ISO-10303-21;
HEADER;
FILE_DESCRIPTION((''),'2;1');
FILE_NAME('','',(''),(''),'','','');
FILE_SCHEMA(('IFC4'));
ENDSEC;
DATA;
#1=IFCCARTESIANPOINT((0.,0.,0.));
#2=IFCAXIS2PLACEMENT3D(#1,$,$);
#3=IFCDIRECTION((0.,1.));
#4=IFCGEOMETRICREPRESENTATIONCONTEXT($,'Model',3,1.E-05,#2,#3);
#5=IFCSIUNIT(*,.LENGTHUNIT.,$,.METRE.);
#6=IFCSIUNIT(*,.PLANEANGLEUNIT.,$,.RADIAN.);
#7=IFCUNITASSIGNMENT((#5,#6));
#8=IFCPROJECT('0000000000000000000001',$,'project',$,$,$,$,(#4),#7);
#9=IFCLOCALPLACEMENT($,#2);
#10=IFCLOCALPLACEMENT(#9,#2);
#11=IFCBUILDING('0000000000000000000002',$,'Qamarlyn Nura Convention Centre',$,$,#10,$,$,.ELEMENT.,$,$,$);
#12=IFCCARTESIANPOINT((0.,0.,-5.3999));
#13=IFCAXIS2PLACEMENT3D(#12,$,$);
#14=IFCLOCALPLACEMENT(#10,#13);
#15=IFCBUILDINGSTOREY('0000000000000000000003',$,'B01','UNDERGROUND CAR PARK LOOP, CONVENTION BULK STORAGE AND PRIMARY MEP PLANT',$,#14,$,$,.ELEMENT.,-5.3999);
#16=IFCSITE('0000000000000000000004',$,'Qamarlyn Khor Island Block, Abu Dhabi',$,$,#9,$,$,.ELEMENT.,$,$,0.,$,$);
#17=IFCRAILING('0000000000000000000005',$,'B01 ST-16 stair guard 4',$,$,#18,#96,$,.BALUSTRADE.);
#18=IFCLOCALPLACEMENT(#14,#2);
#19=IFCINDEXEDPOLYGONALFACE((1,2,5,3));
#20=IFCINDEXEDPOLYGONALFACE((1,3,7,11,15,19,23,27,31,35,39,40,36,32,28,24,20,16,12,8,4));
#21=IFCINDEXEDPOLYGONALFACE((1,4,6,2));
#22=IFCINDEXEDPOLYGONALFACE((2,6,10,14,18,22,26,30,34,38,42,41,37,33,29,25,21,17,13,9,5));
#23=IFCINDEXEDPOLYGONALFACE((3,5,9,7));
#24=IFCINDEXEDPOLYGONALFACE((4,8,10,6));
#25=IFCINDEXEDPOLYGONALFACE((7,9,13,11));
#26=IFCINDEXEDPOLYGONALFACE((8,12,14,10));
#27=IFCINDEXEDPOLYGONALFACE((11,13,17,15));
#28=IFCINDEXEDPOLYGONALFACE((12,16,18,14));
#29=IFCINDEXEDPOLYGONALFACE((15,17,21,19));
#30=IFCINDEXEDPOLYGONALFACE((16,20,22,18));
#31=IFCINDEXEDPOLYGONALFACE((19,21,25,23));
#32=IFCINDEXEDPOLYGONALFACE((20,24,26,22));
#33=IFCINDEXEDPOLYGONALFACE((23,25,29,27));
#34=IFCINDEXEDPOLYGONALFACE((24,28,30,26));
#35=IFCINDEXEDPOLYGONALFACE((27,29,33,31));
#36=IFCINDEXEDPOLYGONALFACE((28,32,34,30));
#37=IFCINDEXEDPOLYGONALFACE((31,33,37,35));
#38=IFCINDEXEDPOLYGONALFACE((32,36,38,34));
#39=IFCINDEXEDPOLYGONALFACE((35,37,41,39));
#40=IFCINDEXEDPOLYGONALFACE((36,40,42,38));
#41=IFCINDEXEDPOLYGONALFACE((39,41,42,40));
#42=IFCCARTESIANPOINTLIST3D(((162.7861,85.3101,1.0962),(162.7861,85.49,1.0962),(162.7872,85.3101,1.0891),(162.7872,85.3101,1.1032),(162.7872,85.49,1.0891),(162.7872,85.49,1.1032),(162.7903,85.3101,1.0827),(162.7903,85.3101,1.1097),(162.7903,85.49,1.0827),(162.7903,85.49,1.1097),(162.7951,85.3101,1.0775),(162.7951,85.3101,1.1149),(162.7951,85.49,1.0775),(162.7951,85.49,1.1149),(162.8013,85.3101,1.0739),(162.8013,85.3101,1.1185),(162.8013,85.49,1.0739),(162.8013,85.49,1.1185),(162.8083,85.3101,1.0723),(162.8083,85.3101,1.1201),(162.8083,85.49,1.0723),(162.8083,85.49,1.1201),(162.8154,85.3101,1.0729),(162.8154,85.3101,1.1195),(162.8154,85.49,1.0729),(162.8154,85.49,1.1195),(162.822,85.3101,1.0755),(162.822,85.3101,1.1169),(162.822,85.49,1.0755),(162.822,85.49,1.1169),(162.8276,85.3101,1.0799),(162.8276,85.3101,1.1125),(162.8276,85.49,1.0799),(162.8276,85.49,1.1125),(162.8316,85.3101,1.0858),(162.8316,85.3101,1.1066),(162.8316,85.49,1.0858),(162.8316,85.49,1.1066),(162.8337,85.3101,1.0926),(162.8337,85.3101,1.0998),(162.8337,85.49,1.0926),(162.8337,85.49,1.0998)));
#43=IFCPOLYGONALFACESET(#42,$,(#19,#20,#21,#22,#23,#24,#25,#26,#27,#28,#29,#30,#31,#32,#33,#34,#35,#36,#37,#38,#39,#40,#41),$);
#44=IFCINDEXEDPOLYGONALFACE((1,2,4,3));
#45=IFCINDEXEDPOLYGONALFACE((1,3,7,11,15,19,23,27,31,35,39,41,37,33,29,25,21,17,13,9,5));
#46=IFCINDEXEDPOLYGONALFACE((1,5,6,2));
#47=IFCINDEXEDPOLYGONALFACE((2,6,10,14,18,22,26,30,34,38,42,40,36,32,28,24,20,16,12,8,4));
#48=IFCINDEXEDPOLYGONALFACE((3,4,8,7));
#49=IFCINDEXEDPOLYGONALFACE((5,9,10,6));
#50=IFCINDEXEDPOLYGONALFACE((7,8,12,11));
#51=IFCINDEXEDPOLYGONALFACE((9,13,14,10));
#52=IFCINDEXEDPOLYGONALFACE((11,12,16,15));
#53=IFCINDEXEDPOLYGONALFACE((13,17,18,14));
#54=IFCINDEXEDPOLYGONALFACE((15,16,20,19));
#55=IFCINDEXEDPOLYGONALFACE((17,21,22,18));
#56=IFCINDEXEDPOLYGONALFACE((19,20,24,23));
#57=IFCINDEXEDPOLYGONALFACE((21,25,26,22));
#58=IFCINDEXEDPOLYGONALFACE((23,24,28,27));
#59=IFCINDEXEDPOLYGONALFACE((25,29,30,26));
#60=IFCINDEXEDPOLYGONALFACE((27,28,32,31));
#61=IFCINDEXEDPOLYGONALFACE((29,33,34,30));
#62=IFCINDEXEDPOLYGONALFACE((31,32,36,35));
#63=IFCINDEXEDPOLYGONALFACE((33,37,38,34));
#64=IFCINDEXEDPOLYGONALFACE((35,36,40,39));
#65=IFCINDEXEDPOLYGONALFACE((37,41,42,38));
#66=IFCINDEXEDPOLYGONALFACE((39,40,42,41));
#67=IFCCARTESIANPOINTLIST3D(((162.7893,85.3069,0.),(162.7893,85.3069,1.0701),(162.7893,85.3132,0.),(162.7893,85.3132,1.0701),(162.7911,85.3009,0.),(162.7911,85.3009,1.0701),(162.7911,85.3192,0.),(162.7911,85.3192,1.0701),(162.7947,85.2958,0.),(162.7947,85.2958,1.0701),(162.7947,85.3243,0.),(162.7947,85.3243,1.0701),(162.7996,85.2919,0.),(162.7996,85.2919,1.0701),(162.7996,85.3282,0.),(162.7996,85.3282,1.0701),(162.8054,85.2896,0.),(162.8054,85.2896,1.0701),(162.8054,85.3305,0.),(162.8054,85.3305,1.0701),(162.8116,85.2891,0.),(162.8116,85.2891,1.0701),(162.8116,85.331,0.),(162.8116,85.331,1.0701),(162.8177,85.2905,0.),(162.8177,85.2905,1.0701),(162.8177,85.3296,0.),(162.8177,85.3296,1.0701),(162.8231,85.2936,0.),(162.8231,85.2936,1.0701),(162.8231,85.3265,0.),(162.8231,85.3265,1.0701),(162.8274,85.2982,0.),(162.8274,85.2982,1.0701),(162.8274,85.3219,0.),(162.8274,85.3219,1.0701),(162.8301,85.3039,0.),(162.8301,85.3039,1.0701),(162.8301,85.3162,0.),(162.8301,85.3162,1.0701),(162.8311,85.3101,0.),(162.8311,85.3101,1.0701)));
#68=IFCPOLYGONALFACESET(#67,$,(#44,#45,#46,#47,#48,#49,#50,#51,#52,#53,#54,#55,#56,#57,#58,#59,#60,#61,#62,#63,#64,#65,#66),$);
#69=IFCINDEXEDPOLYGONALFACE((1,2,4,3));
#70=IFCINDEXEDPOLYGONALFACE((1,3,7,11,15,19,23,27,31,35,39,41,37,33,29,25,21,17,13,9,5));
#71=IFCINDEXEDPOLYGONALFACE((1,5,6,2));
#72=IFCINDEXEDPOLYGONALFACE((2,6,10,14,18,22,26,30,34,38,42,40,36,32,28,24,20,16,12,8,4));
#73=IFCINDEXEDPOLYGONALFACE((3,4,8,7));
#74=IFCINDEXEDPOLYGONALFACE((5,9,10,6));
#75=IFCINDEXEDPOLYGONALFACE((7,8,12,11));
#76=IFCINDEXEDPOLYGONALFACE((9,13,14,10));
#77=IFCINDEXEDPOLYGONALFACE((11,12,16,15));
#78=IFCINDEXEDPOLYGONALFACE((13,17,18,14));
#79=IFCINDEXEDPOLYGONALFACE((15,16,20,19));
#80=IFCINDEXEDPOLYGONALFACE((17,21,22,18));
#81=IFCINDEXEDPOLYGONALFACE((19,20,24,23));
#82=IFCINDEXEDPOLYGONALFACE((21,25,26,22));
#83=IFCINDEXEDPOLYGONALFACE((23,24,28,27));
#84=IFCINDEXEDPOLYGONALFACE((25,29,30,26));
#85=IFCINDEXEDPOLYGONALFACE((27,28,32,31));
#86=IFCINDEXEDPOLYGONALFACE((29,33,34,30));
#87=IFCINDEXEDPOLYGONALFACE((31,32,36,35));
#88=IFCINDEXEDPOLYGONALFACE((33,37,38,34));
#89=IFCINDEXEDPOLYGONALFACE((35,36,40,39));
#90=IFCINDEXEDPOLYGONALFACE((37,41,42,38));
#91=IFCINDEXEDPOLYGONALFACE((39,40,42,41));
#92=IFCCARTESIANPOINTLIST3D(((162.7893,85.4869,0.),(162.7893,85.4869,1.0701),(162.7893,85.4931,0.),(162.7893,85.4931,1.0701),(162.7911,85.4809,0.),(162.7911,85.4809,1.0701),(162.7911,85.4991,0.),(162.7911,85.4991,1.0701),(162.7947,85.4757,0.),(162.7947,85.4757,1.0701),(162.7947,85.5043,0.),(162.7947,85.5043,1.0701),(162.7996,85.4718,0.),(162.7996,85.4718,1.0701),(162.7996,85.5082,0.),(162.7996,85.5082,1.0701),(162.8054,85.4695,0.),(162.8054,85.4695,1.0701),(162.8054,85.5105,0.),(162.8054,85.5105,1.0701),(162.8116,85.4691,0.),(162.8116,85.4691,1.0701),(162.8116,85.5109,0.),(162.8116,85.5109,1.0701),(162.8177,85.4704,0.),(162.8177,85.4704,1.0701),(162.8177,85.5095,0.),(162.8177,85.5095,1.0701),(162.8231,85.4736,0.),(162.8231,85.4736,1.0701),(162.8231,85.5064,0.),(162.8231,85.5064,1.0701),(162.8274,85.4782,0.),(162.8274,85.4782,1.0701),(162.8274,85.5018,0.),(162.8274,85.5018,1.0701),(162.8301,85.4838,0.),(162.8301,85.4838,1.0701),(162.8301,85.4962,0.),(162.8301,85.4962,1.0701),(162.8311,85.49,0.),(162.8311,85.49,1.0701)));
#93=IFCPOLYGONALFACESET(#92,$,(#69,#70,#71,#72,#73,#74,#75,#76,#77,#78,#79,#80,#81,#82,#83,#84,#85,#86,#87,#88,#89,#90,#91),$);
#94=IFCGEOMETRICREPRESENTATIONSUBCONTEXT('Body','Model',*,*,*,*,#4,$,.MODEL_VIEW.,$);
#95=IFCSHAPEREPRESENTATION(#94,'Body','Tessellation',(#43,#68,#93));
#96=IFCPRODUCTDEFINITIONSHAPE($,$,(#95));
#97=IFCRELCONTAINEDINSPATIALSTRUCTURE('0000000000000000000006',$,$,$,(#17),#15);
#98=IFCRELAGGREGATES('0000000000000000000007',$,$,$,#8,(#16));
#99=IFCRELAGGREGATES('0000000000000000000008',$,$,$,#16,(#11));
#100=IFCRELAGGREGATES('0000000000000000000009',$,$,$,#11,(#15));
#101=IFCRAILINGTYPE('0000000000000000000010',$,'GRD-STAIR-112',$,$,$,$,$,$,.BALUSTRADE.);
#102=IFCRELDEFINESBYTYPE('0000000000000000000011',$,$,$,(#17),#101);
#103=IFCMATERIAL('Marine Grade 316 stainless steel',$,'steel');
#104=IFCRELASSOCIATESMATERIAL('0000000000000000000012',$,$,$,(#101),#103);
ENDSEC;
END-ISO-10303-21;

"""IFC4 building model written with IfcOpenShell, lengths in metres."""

from ifc_helpers import new_model, si_unit, direction, frame, origin, origin_2d, place, context, subcontext, project, spatial, circle, extrude, material, type_object, element, save


model = new_model("IFC4")

# Units and contexts
model_context = context("Model", 3, precision=1e-05, world=origin(), true_north=direction((0.0, 1.0)))
body_context = subcontext(model_context, "Body", "Model", "MODEL_VIEW")
ifc_project = project(units=[si_unit("LENGTHUNIT", "METRE"), si_unit("PLANEANGLEUNIT", "RADIAN")], contexts=[model_context])

# Site, building, storey
site_placement = place(None, origin())
site = spatial("IfcSite", under=ifc_project, at=site_placement, Name="Qamarlyn Khor Island Block, Abu Dhabi", CompositionType="ELEMENT", RefElevation=0.0)
building_placement = place(site_placement, origin())
building = spatial("IfcBuilding", under=site, at=building_placement, Name="Qamarlyn Nura Convention Centre", CompositionType="ELEMENT")
storey_placement = place(building_placement, frame((0.0, 0.0, -5.3999)))
storey = spatial("IfcBuildingStorey", under=building, at=storey_placement, Name="B01", Description="UNDERGROUND CAR PARK LOOP, CONVENTION BULK STORAGE AND PRIMARY MEP PLANT", CompositionType="ELEMENT", Elevation=-5.3999)

# Railing
ifc_material_1 = material(Name="Marine Grade 316 stainless steel", Category="steel")
railing_type_1 = type_object("IfcRailingType", Name="GRD-STAIR-112", PredefinedType="BALUSTRADE", material=ifc_material_1)
railing_1_placement = place(storey_placement, frame((162.8101, 85.3101, 0.0)))
element("IfcRailing", 1, at=railing_1_placement, inside=storey, type_object=railing_type_1, Name="B01 ST-16 stair guard 4", PredefinedType="BALUSTRADE", context=body_context, shape_type="SweptSolid", body=[
    extrude(circle(Radius=0.0239, at=origin_2d()), frame((0.0, 0.0, 1.0962), z_axis=(0.0, 1.0, 0.0), x_axis=(-1.0, 0.0, 0.0)), (0.0, 0.0, 1.0), 0.1799),
    extrude(circle(Radius=0.021, at=origin_2d()), origin(), (0.0, 0.0, 1.0), 1.0701),
    extrude(circle(Radius=0.021, at=origin_2d()), frame((0.0, 0.1799, 0.0)), (0.0, 0.0, 1.0), 1.0701),
])

save(model, "model.ifc")
